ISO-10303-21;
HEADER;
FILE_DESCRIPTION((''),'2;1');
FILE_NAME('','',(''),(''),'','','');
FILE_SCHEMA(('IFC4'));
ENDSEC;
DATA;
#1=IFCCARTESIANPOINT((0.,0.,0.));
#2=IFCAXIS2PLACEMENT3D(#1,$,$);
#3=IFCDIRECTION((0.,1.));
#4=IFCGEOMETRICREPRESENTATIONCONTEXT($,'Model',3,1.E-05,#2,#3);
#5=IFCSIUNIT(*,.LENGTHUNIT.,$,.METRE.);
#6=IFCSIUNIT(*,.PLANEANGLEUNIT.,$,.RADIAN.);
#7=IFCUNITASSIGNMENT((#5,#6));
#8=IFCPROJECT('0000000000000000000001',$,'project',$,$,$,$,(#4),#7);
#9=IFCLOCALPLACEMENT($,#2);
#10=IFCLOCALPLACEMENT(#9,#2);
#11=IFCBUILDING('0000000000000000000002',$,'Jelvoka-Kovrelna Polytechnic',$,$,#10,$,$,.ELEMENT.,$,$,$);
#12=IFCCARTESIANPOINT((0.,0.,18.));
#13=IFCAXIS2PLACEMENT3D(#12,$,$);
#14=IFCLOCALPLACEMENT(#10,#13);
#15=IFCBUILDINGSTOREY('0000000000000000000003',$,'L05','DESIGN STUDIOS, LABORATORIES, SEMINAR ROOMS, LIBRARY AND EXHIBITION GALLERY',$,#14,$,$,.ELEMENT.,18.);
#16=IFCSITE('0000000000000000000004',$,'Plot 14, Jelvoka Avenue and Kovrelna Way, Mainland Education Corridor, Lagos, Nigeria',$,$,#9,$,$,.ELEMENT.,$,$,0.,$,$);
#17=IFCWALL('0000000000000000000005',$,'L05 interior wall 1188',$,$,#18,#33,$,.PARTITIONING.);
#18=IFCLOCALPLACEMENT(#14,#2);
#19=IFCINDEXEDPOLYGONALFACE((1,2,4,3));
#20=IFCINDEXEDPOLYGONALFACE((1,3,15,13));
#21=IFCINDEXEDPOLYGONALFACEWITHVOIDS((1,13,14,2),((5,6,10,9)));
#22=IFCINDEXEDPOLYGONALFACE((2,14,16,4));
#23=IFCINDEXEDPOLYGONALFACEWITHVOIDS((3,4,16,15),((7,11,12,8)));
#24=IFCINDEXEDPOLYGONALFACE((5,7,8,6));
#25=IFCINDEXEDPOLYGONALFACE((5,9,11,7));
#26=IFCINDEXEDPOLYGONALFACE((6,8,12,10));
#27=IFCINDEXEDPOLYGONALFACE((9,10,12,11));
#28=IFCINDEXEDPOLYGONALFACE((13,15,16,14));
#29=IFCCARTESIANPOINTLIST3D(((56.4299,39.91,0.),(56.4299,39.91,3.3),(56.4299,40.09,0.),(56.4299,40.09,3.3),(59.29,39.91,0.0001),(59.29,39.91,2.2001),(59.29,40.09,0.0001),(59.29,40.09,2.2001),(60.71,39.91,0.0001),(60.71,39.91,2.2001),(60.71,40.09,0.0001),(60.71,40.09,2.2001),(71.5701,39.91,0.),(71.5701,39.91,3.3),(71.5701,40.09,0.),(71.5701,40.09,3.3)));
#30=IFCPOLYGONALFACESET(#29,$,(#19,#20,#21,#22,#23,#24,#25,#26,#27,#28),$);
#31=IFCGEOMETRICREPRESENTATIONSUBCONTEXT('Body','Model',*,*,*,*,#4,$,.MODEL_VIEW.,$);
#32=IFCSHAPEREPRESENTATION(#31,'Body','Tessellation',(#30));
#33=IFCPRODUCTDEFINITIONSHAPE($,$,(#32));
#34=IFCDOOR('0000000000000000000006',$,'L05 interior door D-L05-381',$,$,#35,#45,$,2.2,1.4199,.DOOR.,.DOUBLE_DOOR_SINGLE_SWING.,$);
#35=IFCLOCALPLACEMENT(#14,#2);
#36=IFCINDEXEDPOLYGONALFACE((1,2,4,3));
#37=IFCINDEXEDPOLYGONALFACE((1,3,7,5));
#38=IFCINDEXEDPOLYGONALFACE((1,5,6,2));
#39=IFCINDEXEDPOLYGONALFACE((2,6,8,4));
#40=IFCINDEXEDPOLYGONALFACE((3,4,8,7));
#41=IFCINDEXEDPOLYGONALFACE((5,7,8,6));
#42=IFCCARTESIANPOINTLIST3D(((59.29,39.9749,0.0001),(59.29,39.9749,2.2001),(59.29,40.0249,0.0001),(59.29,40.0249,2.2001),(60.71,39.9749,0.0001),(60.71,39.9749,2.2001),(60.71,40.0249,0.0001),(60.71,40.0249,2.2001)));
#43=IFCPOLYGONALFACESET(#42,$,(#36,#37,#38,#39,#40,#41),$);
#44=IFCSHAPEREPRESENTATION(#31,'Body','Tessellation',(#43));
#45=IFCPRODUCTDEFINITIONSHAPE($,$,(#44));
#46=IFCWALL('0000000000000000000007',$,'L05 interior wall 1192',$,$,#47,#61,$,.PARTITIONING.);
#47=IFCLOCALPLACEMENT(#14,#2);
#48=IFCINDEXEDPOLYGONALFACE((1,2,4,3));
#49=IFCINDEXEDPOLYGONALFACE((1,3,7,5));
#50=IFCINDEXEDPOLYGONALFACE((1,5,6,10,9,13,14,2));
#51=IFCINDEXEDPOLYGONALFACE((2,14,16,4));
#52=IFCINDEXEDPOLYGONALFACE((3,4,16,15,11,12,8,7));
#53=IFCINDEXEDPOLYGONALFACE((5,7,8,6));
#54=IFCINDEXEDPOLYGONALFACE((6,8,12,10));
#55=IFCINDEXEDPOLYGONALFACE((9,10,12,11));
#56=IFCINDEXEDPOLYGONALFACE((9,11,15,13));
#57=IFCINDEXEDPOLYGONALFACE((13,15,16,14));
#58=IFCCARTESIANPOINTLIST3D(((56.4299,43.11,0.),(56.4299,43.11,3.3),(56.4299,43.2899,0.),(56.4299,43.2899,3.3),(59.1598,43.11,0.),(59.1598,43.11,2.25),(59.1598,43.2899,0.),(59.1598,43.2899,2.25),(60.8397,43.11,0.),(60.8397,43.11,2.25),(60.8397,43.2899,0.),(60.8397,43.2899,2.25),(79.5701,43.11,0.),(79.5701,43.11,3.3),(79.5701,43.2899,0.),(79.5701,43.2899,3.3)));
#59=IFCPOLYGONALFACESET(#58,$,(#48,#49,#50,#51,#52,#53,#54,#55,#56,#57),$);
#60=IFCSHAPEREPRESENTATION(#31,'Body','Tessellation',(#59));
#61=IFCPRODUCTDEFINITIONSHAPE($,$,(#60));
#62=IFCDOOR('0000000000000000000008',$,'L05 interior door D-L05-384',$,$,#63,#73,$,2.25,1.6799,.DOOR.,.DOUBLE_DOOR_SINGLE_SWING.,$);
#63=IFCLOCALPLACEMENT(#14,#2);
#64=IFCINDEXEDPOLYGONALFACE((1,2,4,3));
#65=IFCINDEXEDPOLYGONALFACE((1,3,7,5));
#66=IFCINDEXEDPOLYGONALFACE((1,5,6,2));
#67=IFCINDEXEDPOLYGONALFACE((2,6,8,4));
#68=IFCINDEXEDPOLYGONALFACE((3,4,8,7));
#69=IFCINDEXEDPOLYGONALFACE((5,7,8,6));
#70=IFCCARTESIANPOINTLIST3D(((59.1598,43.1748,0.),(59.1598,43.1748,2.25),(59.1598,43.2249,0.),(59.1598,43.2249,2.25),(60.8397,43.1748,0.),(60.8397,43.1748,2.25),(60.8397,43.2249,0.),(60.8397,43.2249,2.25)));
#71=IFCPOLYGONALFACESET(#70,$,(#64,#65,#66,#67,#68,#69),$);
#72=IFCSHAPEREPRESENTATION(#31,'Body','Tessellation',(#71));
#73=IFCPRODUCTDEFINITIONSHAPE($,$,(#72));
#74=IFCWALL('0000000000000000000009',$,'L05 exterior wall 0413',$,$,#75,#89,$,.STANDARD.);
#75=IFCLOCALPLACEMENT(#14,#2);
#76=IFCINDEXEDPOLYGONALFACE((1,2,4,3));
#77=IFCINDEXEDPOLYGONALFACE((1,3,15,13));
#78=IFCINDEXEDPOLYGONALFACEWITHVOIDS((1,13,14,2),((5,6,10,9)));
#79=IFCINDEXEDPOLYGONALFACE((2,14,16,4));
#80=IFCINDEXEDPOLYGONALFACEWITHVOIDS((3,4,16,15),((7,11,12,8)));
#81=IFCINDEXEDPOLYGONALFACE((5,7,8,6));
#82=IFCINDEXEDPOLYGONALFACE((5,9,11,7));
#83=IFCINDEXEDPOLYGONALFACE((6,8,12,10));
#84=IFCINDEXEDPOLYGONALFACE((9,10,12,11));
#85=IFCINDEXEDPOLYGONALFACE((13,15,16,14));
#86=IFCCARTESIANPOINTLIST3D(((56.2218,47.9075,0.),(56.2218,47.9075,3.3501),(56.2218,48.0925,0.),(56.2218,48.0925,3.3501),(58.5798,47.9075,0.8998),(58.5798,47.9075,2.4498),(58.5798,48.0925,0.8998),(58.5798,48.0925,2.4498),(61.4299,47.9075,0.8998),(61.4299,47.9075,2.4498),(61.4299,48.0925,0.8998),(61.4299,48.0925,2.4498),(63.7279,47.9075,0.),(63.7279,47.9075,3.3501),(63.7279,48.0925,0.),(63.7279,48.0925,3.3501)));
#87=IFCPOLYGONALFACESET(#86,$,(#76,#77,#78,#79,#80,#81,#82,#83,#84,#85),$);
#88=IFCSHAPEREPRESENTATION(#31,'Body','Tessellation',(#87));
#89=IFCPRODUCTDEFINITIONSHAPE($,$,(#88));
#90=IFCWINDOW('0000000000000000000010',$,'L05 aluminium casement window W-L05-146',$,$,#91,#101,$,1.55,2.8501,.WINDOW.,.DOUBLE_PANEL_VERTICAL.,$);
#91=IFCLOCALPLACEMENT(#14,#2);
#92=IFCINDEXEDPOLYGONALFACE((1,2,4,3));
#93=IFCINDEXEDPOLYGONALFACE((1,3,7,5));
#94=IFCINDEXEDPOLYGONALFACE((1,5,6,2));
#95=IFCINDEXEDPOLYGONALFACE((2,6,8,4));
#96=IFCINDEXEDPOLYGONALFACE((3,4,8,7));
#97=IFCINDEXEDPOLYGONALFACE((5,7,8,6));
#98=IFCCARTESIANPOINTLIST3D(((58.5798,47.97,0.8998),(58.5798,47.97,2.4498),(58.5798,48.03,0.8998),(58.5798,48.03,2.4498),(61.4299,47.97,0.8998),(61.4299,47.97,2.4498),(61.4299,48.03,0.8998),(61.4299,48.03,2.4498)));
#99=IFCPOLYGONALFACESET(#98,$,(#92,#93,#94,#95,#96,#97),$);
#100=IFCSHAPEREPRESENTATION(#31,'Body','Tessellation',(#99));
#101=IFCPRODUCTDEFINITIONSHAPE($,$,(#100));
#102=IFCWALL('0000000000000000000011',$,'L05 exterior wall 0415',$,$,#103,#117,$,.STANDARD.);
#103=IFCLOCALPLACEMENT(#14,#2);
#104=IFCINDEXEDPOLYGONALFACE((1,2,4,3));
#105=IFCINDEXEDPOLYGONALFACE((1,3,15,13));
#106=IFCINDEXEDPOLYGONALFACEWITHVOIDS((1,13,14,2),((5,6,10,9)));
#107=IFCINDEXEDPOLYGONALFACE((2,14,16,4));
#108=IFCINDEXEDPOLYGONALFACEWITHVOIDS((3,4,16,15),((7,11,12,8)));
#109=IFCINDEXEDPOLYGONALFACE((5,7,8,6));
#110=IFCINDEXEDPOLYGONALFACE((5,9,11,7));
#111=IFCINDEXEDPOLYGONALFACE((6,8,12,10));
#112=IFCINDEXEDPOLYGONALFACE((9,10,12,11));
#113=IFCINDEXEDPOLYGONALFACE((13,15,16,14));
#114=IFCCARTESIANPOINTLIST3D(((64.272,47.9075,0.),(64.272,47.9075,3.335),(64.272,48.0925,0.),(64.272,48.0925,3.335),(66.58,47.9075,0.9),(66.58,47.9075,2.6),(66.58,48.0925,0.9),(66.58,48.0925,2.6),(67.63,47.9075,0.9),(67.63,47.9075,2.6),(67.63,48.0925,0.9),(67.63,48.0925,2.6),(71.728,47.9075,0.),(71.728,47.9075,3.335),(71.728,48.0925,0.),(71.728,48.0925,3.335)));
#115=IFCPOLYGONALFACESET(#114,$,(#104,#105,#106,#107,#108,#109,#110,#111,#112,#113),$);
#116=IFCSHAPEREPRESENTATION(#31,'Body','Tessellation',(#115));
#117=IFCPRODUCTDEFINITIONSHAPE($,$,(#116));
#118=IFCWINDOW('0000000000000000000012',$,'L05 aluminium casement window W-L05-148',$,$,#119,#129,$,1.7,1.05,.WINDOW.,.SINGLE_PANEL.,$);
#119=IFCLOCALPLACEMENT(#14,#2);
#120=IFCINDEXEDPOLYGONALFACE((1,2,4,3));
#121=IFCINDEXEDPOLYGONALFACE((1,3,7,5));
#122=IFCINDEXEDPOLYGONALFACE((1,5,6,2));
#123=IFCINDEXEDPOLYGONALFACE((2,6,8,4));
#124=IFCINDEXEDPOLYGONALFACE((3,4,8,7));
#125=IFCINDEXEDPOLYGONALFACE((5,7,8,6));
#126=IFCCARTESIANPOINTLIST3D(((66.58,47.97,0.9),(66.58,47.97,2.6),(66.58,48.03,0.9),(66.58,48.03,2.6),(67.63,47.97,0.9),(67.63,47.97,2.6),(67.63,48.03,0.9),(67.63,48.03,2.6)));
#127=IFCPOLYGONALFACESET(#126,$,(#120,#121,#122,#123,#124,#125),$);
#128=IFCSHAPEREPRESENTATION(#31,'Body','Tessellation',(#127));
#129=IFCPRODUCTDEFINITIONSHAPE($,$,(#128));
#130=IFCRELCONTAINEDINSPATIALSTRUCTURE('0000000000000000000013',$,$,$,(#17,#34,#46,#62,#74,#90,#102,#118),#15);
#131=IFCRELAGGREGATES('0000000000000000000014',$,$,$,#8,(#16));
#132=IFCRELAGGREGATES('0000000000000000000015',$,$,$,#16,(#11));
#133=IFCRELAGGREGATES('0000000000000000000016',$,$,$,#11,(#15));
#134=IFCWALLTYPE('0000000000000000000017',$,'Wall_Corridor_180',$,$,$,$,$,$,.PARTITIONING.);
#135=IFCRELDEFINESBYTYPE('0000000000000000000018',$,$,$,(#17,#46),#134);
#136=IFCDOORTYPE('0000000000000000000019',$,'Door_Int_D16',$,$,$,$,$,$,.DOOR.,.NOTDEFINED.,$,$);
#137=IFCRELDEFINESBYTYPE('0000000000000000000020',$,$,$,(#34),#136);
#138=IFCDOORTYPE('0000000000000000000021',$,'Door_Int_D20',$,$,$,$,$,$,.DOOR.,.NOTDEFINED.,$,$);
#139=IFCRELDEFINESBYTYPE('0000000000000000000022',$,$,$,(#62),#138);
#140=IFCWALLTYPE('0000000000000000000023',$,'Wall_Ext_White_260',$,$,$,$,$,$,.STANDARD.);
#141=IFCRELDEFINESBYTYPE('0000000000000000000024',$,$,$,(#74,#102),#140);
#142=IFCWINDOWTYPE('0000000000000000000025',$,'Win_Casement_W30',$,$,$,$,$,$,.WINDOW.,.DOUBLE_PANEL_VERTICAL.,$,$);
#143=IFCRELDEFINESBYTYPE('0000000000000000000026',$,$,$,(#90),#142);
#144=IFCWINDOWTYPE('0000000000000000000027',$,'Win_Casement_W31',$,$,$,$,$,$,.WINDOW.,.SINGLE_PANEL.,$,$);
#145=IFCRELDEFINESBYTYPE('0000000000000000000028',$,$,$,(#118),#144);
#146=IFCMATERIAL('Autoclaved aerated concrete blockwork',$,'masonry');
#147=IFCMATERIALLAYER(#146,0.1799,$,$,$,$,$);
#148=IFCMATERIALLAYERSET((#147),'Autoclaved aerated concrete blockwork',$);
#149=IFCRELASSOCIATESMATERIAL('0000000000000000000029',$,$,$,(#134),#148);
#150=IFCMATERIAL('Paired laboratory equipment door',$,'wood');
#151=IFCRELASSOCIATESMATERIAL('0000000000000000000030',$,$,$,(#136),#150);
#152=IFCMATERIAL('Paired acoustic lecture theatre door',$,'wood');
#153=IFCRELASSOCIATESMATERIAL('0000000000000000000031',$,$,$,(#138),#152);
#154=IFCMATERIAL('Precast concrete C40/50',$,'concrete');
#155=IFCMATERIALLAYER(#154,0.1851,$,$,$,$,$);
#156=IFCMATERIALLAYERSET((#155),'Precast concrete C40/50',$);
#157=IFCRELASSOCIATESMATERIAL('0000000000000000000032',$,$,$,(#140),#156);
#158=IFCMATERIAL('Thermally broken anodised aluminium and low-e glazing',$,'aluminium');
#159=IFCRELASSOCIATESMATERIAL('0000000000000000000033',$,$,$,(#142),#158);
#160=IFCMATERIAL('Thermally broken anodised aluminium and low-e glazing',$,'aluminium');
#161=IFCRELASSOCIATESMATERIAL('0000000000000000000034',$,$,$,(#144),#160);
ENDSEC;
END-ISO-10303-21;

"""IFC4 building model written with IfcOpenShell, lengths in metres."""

from ifc_helpers import new_model, si_unit, direction, frame, frame_2d, origin, place, context, subcontext, project, spatial, rectangle, extrude, material, layer, layer_set, type_object, element, fill, save


model = new_model("IFC4")

# Units and contexts
model_context = context("Model", 3, precision=1e-05, world=origin(), true_north=direction((0.0, 1.0)))
body_context = subcontext(model_context, "Body", "Model", "MODEL_VIEW")
ifc_project = project(units=[si_unit("LENGTHUNIT", "METRE"), si_unit("PLANEANGLEUNIT", "RADIAN")], contexts=[model_context])

# Site, building, storey
site_placement = place(None, origin())
site = spatial("IfcSite", under=ifc_project, at=site_placement, Name="Plot 14, Jelvoka Avenue and Kovrelna Way, Mainland Education Corridor, Lagos, Nigeria", CompositionType="ELEMENT", RefElevation=0.0)
building_placement = place(site_placement, origin())
building = spatial("IfcBuilding", under=site, at=building_placement, Name="Jelvoka-Kovrelna Polytechnic", CompositionType="ELEMENT")
storey_placement = place(building_placement, frame((0.0, 0.0, 18.0)))
storey = spatial("IfcBuildingStorey", under=building, at=storey_placement, Name="L05", Description="DESIGN STUDIOS, LABORATORIES, SEMINAR ROOMS, LIBRARY AND EXHIBITION GALLERY", CompositionType="ELEMENT", Elevation=18.0)

# Walls, openings, doors
ifc_material_1 = material(Name="Autoclaved aerated concrete blockwork", Category="masonry")
ifc_layer_1 = layer(ifc_material_1, 0.1799)
ifc_layer_set_1 = layer_set([ifc_layer_1], Name="Autoclaved aerated concrete blockwork")
wall_type_1 = type_object("IfcWallType", Name="Wall_Corridor_180", PredefinedType="PARTITIONING", material=ifc_layer_set_1)
wall_1_placement = place(storey_placement, frame((56.4299, 40.0, 0.0), z_axis=(0.0, 0.0, 1.0), x_axis=(1.0, 0.0, 0.0)))
wall_1 = element("IfcWall", 1, at=wall_1_placement, inside=storey, type_object=wall_type_1, Name="L05 interior wall 1188", PredefinedType="PARTITIONING", context=body_context, shape_type="SweptSolid", body=[
    extrude(rectangle(XDim=15.1401, YDim=0.1799, at=frame_2d((7.5701, 0.0))), origin(), (0.0, 0.0, 1.0), 3.3),
])
opening_1_placement = place(wall_1_placement, frame((2.8601, 0.0, 0.0)))
opening_1 = element("IfcOpeningElement", 2, at=opening_1_placement, cuts=wall_1, PredefinedType="OPENING", context=body_context, shape_type="SweptSolid", body=[
    extrude(rectangle(XDim=1.4199, YDim=2.2, at=frame_2d((0.71, 1.1001))), frame((0.0, 0.0999, 0.0), z_axis=(0.0, -1.0, 0.0), x_axis=(1.0, 0.0, 0.0)), (0.0, 0.0, 1.0), 0.2),
])
ifc_material_2 = material(Name="Paired laboratory equipment door", Category="wood")
door_type_1 = type_object("IfcDoorType", Name="Door_Int_D16", OperationType="NOTDEFINED", PredefinedType="DOOR", material=ifc_material_2)
door_1_placement = place(opening_1_placement, origin())
door_1 = element("IfcDoor", 3, at=door_1_placement, inside=storey, type_object=door_type_1, Name="L05 interior door D-L05-381", OperationType="DOUBLE_DOOR_SINGLE_SWING", OverallHeight=2.2, OverallWidth=1.4199, PredefinedType="DOOR", context=body_context, shape_type="SweptSolid", body=[
    extrude(rectangle(XDim=1.4199, YDim=2.2, at=frame_2d((0.71, 1.1001))), frame((0.0, 0.0249, 0.0), z_axis=(0.0, -1.0, 0.0), x_axis=(1.0, 0.0, 0.0)), (0.0, 0.0, 1.0), 0.05),
])
fill(opening_1, door_1)
wall_2_placement = place(storey_placement, frame((56.4299, 43.2, 0.0), z_axis=(0.0, 0.0, 1.0), x_axis=(1.0, 0.0, 0.0)))
wall_2 = element("IfcWall", 4, at=wall_2_placement, inside=storey, type_object=wall_type_1, Name="L05 interior wall 1192", PredefinedType="PARTITIONING", context=body_context, shape_type="SweptSolid", body=[
    extrude(rectangle(XDim=23.1401, YDim=0.1799, at=frame_2d((11.5701, 0.0))), origin(), (0.0, 0.0, 1.0), 3.3),
])
opening_2_placement = place(wall_2_placement, frame((2.73, 0.0, 0.0)))
opening_2 = element("IfcOpeningElement", 5, at=opening_2_placement, cuts=wall_2, PredefinedType="OPENING", context=body_context, shape_type="SweptSolid", body=[
    extrude(rectangle(XDim=1.6799, YDim=2.25, at=frame_2d((0.8398, 1.125))), frame((0.0, 0.0999, 0.0), z_axis=(0.0, -1.0, 0.0), x_axis=(1.0, 0.0, 0.0)), (0.0, 0.0, 1.0), 0.2),
])
ifc_material_3 = material(Name="Paired acoustic lecture theatre door", Category="wood")
door_type_2 = type_object("IfcDoorType", Name="Door_Int_D20", OperationType="NOTDEFINED", PredefinedType="DOOR", material=ifc_material_3)
door_2_placement = place(opening_2_placement, origin())
door_2 = element("IfcDoor", 6, at=door_2_placement, inside=storey, type_object=door_type_2, Name="L05 interior door D-L05-384", OperationType="DOUBLE_DOOR_SINGLE_SWING", OverallHeight=2.25, OverallWidth=1.6799, PredefinedType="DOOR", context=body_context, shape_type="SweptSolid", body=[
    extrude(rectangle(XDim=1.6799, YDim=2.25, at=frame_2d((0.8398, 1.125))), frame((0.0, 0.0249, 0.0), z_axis=(0.0, -1.0, 0.0), x_axis=(1.0, 0.0, 0.0)), (0.0, 0.0, 1.0), 0.05),
])
fill(opening_2, door_2)

# Walls, openings, windows
ifc_material_4 = material(Name="Precast concrete C40/50", Category="concrete")
ifc_layer_2 = layer(ifc_material_4, 0.1851)
ifc_layer_set_2 = layer_set([ifc_layer_2], Name="Precast concrete C40/50")
wall_type_2 = type_object("IfcWallType", Name="Wall_Ext_White_260", PredefinedType="STANDARD", material=ifc_layer_set_2)
wall_3_placement = place(storey_placement, frame((56.2219, 48.0, 0.0), z_axis=(0.0, 0.0, 1.0), x_axis=(1.0, 0.0, 0.0)))
wall_3 = element("IfcWall", 7, at=wall_3_placement, inside=storey, type_object=wall_type_2, Name="L05 exterior wall 0413", PredefinedType="STANDARD", context=body_context, shape_type="SweptSolid", body=[
    extrude(rectangle(XDim=7.5061, YDim=0.1851, at=frame_2d((3.7529, 0.0))), origin(), (0.0, 0.0, 1.0), 3.3501),
])
opening_3_placement = place(wall_3_placement, frame((2.3579, 0.0, 0.8999)))
opening_3 = element("IfcOpeningElement", 8, at=opening_3_placement, cuts=wall_3, PredefinedType="OPENING", context=body_context, shape_type="SweptSolid", body=[
    extrude(rectangle(XDim=2.8501, YDim=1.55, at=frame_2d((1.425, 0.7749))), frame((0.0, 0.1025, 0.0), z_axis=(0.0, -1.0, 0.0), x_axis=(1.0, 0.0, 0.0)), (0.0, 0.0, 1.0), 0.2051),
])
ifc_material_5 = material(Name="Thermally broken anodised aluminium and low-e glazing", Category="aluminium")
window_type_1 = type_object("IfcWindowType", Name="Win_Casement_W30", PartitioningType="DOUBLE_PANEL_VERTICAL", PredefinedType="WINDOW", material=ifc_material_5)
window_1_placement = place(opening_3_placement, origin())
window_1 = element("IfcWindow", 9, at=window_1_placement, inside=storey, type_object=window_type_1, Name="L05 aluminium casement window W-L05-146", OverallHeight=1.55, OverallWidth=2.8501, PartitioningType="DOUBLE_PANEL_VERTICAL", PredefinedType="WINDOW", context=body_context, shape_type="SweptSolid", body=[
    extrude(rectangle(XDim=2.8501, YDim=1.55, at=frame_2d((1.425, 0.7749))), frame((0.0, 0.03, 0.0), z_axis=(0.0, -1.0, 0.0), x_axis=(1.0, 0.0, 0.0)), (0.0, 0.0, 1.0), 0.0601),
])
fill(opening_3, window_1)
wall_4_placement = place(storey_placement, frame((64.272, 48.0, 0.0), z_axis=(0.0, 0.0, 1.0), x_axis=(1.0, 0.0, 0.0)))
wall_4 = element("IfcWall", 10, at=wall_4_placement, inside=storey, type_object=wall_type_2, Name="L05 exterior wall 0415", PredefinedType="STANDARD", context=body_context, shape_type="SweptSolid", body=[
    extrude(rectangle(XDim=7.4561, YDim=0.1851, at=frame_2d((3.728, 0.0))), origin(), (0.0, 0.0, 1.0), 3.335),
])
opening_4_placement = place(wall_4_placement, frame((2.3081, 0.0, 0.8999)))
opening_4 = element("IfcOpeningElement", 11, at=opening_4_placement, cuts=wall_4, PredefinedType="OPENING", context=body_context, shape_type="SweptSolid", body=[
    extrude(rectangle(XDim=1.05, YDim=1.7, at=frame_2d((0.5249, 0.8501))), frame((0.0, 0.1025, 0.0), z_axis=(0.0, -1.0, 0.0), x_axis=(1.0, 0.0, 0.0)), (0.0, 0.0, 1.0), 0.2051),
])
ifc_material_6 = material(Name="Thermally broken anodised aluminium and low-e glazing", Category="aluminium")
window_type_2 = type_object("IfcWindowType", Name="Win_Casement_W31", PartitioningType="SINGLE_PANEL", PredefinedType="WINDOW", material=ifc_material_6)
window_2_placement = place(opening_4_placement, origin())
window_2 = element("IfcWindow", 12, at=window_2_placement, inside=storey, type_object=window_type_2, Name="L05 aluminium casement window W-L05-148", OverallHeight=1.7, OverallWidth=1.05, PartitioningType="SINGLE_PANEL", PredefinedType="WINDOW", context=body_context, shape_type="SweptSolid", body=[
    extrude(rectangle(XDim=1.05, YDim=1.7, at=frame_2d((0.5249, 0.8501))), frame((0.0, 0.03, 0.0), z_axis=(0.0, -1.0, 0.0), x_axis=(1.0, 0.0, 0.0)), (0.0, 0.0, 1.0), 0.0601),
])
fill(opening_4, window_2)

save(model, "model.ifc")
